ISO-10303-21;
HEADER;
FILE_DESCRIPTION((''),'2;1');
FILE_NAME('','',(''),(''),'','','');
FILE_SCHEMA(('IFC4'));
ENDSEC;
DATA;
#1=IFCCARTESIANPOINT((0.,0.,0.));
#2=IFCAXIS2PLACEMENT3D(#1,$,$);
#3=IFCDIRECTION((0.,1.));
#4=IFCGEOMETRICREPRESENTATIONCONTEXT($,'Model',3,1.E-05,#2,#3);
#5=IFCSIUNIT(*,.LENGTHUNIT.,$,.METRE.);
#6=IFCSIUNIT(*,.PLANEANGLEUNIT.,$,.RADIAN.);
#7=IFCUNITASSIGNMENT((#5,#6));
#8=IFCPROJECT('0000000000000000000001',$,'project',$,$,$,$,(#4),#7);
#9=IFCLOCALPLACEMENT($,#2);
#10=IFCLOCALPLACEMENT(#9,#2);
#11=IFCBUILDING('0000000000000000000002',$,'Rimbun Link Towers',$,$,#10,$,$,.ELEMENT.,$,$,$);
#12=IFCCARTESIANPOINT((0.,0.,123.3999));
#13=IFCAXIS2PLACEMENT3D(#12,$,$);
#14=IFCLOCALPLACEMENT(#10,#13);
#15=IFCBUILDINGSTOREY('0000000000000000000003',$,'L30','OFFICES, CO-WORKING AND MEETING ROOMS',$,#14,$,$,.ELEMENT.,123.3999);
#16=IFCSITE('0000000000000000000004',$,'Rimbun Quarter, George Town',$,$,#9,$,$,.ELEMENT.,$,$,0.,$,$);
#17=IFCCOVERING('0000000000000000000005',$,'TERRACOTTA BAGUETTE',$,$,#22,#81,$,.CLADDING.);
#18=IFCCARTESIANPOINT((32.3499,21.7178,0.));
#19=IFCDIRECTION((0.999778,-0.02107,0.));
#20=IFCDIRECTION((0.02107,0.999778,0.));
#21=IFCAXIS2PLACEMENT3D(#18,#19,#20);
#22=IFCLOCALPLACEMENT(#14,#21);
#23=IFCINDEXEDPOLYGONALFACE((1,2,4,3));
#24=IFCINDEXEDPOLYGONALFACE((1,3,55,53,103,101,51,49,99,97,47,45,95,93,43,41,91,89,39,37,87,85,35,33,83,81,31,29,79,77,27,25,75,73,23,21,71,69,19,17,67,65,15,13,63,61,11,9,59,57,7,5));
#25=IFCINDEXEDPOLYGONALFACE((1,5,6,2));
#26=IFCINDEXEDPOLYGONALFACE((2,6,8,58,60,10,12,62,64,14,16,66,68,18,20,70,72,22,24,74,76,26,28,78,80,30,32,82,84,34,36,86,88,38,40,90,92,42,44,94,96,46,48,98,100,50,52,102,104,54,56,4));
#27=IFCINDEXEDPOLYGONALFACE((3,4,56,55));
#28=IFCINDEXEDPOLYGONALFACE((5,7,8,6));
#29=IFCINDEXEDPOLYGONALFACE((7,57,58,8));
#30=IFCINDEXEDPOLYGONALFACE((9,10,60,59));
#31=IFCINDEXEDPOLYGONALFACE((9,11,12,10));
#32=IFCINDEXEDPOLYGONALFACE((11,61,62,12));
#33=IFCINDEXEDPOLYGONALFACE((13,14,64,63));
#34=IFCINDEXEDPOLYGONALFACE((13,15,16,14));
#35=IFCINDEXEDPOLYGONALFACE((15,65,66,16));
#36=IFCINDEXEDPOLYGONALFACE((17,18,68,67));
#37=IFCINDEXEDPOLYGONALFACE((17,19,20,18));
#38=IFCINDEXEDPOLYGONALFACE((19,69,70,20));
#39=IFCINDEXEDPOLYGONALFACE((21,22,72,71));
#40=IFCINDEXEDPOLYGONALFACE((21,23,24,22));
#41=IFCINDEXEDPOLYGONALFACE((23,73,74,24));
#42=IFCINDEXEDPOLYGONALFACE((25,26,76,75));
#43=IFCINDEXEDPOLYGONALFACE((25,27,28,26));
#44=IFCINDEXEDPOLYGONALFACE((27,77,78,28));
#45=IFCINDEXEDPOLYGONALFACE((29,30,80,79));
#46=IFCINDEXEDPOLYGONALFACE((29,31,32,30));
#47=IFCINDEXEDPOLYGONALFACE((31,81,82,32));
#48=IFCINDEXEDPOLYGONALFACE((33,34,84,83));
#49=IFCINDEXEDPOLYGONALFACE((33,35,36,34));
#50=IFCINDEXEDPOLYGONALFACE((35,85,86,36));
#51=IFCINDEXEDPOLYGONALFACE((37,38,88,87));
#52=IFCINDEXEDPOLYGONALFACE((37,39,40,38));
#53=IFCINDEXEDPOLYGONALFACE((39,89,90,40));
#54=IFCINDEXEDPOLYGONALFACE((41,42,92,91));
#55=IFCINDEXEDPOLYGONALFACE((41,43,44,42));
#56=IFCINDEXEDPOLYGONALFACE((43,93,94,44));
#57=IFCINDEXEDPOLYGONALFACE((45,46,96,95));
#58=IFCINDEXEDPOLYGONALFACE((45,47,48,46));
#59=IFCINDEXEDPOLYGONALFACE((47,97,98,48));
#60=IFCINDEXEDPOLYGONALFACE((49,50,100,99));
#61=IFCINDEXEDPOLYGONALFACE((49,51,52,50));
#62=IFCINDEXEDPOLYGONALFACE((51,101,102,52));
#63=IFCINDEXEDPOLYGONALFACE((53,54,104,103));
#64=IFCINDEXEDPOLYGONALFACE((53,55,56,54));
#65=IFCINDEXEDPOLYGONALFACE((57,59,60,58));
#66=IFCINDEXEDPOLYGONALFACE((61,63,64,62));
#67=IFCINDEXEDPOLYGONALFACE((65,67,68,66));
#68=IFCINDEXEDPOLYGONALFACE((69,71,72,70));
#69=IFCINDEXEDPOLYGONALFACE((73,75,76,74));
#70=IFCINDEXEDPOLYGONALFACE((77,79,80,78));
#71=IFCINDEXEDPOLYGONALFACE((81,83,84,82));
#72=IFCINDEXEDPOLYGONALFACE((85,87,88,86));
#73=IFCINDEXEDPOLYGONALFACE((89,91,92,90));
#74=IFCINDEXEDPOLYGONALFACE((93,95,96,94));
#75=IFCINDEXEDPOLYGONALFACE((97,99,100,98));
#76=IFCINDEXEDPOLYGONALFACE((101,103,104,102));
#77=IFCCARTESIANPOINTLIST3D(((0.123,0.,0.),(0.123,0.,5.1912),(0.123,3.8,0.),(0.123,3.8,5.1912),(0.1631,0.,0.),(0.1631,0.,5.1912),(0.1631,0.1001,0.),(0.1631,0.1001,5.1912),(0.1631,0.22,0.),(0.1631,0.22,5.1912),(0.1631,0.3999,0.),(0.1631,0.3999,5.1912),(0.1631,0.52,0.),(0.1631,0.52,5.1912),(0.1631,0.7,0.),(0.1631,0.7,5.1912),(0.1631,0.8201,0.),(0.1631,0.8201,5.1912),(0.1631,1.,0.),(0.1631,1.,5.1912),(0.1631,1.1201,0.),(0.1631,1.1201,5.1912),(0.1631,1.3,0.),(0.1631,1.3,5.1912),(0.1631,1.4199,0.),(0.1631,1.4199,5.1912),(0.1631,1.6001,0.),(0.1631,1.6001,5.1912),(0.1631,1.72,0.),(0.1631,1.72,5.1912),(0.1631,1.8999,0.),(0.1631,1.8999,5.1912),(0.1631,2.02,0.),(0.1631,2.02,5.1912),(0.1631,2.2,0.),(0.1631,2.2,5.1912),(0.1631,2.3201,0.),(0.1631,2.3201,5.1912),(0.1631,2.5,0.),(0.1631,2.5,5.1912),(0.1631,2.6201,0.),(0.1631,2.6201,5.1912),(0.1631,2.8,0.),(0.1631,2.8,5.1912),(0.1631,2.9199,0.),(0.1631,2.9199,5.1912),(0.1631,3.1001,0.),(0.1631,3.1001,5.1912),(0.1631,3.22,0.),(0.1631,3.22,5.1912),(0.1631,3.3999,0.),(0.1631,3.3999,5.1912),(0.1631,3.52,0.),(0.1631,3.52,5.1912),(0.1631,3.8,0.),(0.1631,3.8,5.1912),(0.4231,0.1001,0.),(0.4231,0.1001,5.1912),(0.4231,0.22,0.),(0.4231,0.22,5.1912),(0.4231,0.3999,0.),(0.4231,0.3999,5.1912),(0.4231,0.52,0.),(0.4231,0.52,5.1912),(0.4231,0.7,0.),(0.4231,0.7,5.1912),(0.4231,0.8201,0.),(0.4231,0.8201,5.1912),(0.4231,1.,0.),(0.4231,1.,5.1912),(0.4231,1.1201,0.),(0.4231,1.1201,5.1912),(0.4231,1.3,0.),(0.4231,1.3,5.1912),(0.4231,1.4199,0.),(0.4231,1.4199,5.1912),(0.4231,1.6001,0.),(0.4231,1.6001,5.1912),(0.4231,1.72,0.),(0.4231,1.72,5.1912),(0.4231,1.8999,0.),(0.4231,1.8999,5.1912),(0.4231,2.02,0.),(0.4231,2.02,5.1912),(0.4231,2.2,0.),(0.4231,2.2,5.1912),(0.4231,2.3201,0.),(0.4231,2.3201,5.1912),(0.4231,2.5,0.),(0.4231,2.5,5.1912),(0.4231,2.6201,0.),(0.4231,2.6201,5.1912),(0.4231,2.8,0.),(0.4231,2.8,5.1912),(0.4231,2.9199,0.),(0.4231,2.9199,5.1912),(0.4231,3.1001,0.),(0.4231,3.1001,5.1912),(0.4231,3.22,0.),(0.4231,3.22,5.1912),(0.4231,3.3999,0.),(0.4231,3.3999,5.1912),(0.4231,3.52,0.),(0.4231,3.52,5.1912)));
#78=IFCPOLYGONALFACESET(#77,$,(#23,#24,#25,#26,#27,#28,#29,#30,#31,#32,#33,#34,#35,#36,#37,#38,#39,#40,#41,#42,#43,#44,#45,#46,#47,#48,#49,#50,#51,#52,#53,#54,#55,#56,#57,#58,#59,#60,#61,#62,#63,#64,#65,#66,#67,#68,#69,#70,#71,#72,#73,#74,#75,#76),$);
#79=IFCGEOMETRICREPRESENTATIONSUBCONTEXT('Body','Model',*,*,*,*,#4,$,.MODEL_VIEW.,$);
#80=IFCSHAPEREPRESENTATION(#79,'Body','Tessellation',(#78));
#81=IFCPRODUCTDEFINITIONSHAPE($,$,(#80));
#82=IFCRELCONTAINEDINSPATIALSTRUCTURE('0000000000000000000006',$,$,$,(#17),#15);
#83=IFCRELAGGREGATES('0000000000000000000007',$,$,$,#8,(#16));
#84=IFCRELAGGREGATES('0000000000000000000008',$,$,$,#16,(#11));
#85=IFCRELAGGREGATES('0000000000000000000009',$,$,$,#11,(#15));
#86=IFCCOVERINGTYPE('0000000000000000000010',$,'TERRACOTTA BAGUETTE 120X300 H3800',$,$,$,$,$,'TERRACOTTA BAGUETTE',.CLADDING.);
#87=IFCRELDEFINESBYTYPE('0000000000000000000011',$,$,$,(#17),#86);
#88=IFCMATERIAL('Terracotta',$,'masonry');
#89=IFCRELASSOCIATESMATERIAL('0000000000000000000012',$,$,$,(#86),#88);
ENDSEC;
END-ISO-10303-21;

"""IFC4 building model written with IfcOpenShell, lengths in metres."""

from ifc_helpers import new_model, si_unit, direction, frame, origin, place, context, subcontext, project, spatial, polyline, outline, extrude, material, material_profile, profile_set, type_object, element, save


model = new_model("IFC4")

# Units and contexts
model_context = context("Model", 3, precision=1e-05, world=origin(), true_north=direction((0.0, 1.0)))
body_context = subcontext(model_context, "Body", "Model", "MODEL_VIEW")
ifc_project = project(units=[si_unit("LENGTHUNIT", "METRE"), si_unit("PLANEANGLEUNIT", "RADIAN")], contexts=[model_context])

# Site, building, storey
site_placement = place(None, origin())
site = spatial("IfcSite", under=ifc_project, at=site_placement, Name="Rimbun Quarter, George Town", CompositionType="ELEMENT", RefElevation=0.0)
building_placement = place(site_placement, origin())
building = spatial("IfcBuilding", under=site, at=building_placement, Name="Rimbun Link Towers", CompositionType="ELEMENT")
storey_placement = place(building_placement, frame((0.0, 0.0, 123.3999)))
storey = spatial("IfcBuildingStorey", under=building, at=storey_placement, Name="L30", Description="OFFICES, CO-WORKING AND MEETING ROOMS", CompositionType="ELEMENT", Elevation=123.3999)

# Covering
ifc_material_1 = material(Name="Terracotta", Category="masonry")
ifc_material_profile_1 = material_profile(ifc_material_1, outline(polyline([(0.123, 0.0), (0.1631, 0.0), (0.1631, 0.1001), (0.4231, 0.1001), (0.4231, 0.22), (0.1631, 0.22), (0.1631, 0.3999), (0.4231, 0.3999), (0.4231, 0.52), (0.1631, 0.52), (0.1631, 0.7), (0.4231, 0.7), (0.4231, 0.8201), (0.1631, 0.8201), (0.1631, 1.0), (0.4231, 1.0), (0.4231, 1.1201), (0.1631, 1.1201), (0.1631, 1.3), (0.4231, 1.3), (0.4231, 1.4199), (0.1631, 1.4199), (0.1631, 1.6001), (0.4231, 1.6001), (0.4231, 1.72), (0.1631, 1.72), (0.1631, 1.8999), (0.4231, 1.8999), (0.4231, 2.02), (0.1631, 2.02), (0.1631, 2.2), (0.4231, 2.2), (0.4231, 2.3201), (0.1631, 2.3201), (0.1631, 2.5), (0.4231, 2.5), (0.4231, 2.6201), (0.1631, 2.6201), (0.1631, 2.8), (0.4231, 2.8), (0.4231, 2.9199), (0.1631, 2.9199), (0.1631, 3.1001), (0.4231, 3.1001), (0.4231, 3.22), (0.1631, 3.22), (0.1631, 3.3999), (0.4231, 3.3999), (0.4231, 3.52), (0.1631, 3.52), (0.1631, 3.8), (0.123, 3.8), (0.123, 0.0)])), Name="BAGUETTE 120X300")
ifc_profile_set_1 = profile_set([ifc_material_profile_1], Name="Terracotta")
covering_type = type_object("IfcCoveringType", Name="TERRACOTTA BAGUETTE 120X300 H3800", ElementType="TERRACOTTA BAGUETTE", PredefinedType="CLADDING", material=ifc_profile_set_1)
covering_1_placement = place(storey_placement, frame((32.3499, 21.7178, 0.0), z_axis=(0.999778, -0.02107, 0.0), x_axis=(0.02107, 0.999778, 0.0)))
element("IfcCovering", 1, at=covering_1_placement, inside=storey, type_object=covering_type, Name="TERRACOTTA BAGUETTE", PredefinedType="CLADDING", context=body_context, shape_type="SweptSolid", body=[
    extrude(outline(polyline([(0.123, 0.0), (0.1631, 0.0), (0.1631, 0.1001), (0.4231, 0.1001), (0.4231, 0.22), (0.1631, 0.22), (0.1631, 0.3999), (0.4231, 0.3999), (0.4231, 0.52), (0.1631, 0.52), (0.1631, 0.7), (0.4231, 0.7), (0.4231, 0.8201), (0.1631, 0.8201), (0.1631, 1.0), (0.4231, 1.0), (0.4231, 1.1201), (0.1631, 1.1201), (0.1631, 1.3), (0.4231, 1.3), (0.4231, 1.4199), (0.1631, 1.4199), (0.1631, 1.6001), (0.4231, 1.6001), (0.4231, 1.72), (0.1631, 1.72), (0.1631, 1.8999), (0.4231, 1.8999), (0.4231, 2.02), (0.1631, 2.02), (0.1631, 2.2), (0.4231, 2.2), (0.4231, 2.3201), (0.1631, 2.3201), (0.1631, 2.5), (0.4231, 2.5), (0.4231, 2.6201), (0.1631, 2.6201), (0.1631, 2.8), (0.4231, 2.8), (0.4231, 2.9199), (0.1631, 2.9199), (0.1631, 3.1001), (0.4231, 3.1001), (0.4231, 3.22), (0.1631, 3.22), (0.1631, 3.3999), (0.4231, 3.3999), (0.4231, 3.52), (0.1631, 3.52), (0.1631, 3.8), (0.123, 3.8), (0.123, 0.0)])), origin(), (0.0, 0.0, 1.0), 5.1912),
])

save(model, "model.ifc")
